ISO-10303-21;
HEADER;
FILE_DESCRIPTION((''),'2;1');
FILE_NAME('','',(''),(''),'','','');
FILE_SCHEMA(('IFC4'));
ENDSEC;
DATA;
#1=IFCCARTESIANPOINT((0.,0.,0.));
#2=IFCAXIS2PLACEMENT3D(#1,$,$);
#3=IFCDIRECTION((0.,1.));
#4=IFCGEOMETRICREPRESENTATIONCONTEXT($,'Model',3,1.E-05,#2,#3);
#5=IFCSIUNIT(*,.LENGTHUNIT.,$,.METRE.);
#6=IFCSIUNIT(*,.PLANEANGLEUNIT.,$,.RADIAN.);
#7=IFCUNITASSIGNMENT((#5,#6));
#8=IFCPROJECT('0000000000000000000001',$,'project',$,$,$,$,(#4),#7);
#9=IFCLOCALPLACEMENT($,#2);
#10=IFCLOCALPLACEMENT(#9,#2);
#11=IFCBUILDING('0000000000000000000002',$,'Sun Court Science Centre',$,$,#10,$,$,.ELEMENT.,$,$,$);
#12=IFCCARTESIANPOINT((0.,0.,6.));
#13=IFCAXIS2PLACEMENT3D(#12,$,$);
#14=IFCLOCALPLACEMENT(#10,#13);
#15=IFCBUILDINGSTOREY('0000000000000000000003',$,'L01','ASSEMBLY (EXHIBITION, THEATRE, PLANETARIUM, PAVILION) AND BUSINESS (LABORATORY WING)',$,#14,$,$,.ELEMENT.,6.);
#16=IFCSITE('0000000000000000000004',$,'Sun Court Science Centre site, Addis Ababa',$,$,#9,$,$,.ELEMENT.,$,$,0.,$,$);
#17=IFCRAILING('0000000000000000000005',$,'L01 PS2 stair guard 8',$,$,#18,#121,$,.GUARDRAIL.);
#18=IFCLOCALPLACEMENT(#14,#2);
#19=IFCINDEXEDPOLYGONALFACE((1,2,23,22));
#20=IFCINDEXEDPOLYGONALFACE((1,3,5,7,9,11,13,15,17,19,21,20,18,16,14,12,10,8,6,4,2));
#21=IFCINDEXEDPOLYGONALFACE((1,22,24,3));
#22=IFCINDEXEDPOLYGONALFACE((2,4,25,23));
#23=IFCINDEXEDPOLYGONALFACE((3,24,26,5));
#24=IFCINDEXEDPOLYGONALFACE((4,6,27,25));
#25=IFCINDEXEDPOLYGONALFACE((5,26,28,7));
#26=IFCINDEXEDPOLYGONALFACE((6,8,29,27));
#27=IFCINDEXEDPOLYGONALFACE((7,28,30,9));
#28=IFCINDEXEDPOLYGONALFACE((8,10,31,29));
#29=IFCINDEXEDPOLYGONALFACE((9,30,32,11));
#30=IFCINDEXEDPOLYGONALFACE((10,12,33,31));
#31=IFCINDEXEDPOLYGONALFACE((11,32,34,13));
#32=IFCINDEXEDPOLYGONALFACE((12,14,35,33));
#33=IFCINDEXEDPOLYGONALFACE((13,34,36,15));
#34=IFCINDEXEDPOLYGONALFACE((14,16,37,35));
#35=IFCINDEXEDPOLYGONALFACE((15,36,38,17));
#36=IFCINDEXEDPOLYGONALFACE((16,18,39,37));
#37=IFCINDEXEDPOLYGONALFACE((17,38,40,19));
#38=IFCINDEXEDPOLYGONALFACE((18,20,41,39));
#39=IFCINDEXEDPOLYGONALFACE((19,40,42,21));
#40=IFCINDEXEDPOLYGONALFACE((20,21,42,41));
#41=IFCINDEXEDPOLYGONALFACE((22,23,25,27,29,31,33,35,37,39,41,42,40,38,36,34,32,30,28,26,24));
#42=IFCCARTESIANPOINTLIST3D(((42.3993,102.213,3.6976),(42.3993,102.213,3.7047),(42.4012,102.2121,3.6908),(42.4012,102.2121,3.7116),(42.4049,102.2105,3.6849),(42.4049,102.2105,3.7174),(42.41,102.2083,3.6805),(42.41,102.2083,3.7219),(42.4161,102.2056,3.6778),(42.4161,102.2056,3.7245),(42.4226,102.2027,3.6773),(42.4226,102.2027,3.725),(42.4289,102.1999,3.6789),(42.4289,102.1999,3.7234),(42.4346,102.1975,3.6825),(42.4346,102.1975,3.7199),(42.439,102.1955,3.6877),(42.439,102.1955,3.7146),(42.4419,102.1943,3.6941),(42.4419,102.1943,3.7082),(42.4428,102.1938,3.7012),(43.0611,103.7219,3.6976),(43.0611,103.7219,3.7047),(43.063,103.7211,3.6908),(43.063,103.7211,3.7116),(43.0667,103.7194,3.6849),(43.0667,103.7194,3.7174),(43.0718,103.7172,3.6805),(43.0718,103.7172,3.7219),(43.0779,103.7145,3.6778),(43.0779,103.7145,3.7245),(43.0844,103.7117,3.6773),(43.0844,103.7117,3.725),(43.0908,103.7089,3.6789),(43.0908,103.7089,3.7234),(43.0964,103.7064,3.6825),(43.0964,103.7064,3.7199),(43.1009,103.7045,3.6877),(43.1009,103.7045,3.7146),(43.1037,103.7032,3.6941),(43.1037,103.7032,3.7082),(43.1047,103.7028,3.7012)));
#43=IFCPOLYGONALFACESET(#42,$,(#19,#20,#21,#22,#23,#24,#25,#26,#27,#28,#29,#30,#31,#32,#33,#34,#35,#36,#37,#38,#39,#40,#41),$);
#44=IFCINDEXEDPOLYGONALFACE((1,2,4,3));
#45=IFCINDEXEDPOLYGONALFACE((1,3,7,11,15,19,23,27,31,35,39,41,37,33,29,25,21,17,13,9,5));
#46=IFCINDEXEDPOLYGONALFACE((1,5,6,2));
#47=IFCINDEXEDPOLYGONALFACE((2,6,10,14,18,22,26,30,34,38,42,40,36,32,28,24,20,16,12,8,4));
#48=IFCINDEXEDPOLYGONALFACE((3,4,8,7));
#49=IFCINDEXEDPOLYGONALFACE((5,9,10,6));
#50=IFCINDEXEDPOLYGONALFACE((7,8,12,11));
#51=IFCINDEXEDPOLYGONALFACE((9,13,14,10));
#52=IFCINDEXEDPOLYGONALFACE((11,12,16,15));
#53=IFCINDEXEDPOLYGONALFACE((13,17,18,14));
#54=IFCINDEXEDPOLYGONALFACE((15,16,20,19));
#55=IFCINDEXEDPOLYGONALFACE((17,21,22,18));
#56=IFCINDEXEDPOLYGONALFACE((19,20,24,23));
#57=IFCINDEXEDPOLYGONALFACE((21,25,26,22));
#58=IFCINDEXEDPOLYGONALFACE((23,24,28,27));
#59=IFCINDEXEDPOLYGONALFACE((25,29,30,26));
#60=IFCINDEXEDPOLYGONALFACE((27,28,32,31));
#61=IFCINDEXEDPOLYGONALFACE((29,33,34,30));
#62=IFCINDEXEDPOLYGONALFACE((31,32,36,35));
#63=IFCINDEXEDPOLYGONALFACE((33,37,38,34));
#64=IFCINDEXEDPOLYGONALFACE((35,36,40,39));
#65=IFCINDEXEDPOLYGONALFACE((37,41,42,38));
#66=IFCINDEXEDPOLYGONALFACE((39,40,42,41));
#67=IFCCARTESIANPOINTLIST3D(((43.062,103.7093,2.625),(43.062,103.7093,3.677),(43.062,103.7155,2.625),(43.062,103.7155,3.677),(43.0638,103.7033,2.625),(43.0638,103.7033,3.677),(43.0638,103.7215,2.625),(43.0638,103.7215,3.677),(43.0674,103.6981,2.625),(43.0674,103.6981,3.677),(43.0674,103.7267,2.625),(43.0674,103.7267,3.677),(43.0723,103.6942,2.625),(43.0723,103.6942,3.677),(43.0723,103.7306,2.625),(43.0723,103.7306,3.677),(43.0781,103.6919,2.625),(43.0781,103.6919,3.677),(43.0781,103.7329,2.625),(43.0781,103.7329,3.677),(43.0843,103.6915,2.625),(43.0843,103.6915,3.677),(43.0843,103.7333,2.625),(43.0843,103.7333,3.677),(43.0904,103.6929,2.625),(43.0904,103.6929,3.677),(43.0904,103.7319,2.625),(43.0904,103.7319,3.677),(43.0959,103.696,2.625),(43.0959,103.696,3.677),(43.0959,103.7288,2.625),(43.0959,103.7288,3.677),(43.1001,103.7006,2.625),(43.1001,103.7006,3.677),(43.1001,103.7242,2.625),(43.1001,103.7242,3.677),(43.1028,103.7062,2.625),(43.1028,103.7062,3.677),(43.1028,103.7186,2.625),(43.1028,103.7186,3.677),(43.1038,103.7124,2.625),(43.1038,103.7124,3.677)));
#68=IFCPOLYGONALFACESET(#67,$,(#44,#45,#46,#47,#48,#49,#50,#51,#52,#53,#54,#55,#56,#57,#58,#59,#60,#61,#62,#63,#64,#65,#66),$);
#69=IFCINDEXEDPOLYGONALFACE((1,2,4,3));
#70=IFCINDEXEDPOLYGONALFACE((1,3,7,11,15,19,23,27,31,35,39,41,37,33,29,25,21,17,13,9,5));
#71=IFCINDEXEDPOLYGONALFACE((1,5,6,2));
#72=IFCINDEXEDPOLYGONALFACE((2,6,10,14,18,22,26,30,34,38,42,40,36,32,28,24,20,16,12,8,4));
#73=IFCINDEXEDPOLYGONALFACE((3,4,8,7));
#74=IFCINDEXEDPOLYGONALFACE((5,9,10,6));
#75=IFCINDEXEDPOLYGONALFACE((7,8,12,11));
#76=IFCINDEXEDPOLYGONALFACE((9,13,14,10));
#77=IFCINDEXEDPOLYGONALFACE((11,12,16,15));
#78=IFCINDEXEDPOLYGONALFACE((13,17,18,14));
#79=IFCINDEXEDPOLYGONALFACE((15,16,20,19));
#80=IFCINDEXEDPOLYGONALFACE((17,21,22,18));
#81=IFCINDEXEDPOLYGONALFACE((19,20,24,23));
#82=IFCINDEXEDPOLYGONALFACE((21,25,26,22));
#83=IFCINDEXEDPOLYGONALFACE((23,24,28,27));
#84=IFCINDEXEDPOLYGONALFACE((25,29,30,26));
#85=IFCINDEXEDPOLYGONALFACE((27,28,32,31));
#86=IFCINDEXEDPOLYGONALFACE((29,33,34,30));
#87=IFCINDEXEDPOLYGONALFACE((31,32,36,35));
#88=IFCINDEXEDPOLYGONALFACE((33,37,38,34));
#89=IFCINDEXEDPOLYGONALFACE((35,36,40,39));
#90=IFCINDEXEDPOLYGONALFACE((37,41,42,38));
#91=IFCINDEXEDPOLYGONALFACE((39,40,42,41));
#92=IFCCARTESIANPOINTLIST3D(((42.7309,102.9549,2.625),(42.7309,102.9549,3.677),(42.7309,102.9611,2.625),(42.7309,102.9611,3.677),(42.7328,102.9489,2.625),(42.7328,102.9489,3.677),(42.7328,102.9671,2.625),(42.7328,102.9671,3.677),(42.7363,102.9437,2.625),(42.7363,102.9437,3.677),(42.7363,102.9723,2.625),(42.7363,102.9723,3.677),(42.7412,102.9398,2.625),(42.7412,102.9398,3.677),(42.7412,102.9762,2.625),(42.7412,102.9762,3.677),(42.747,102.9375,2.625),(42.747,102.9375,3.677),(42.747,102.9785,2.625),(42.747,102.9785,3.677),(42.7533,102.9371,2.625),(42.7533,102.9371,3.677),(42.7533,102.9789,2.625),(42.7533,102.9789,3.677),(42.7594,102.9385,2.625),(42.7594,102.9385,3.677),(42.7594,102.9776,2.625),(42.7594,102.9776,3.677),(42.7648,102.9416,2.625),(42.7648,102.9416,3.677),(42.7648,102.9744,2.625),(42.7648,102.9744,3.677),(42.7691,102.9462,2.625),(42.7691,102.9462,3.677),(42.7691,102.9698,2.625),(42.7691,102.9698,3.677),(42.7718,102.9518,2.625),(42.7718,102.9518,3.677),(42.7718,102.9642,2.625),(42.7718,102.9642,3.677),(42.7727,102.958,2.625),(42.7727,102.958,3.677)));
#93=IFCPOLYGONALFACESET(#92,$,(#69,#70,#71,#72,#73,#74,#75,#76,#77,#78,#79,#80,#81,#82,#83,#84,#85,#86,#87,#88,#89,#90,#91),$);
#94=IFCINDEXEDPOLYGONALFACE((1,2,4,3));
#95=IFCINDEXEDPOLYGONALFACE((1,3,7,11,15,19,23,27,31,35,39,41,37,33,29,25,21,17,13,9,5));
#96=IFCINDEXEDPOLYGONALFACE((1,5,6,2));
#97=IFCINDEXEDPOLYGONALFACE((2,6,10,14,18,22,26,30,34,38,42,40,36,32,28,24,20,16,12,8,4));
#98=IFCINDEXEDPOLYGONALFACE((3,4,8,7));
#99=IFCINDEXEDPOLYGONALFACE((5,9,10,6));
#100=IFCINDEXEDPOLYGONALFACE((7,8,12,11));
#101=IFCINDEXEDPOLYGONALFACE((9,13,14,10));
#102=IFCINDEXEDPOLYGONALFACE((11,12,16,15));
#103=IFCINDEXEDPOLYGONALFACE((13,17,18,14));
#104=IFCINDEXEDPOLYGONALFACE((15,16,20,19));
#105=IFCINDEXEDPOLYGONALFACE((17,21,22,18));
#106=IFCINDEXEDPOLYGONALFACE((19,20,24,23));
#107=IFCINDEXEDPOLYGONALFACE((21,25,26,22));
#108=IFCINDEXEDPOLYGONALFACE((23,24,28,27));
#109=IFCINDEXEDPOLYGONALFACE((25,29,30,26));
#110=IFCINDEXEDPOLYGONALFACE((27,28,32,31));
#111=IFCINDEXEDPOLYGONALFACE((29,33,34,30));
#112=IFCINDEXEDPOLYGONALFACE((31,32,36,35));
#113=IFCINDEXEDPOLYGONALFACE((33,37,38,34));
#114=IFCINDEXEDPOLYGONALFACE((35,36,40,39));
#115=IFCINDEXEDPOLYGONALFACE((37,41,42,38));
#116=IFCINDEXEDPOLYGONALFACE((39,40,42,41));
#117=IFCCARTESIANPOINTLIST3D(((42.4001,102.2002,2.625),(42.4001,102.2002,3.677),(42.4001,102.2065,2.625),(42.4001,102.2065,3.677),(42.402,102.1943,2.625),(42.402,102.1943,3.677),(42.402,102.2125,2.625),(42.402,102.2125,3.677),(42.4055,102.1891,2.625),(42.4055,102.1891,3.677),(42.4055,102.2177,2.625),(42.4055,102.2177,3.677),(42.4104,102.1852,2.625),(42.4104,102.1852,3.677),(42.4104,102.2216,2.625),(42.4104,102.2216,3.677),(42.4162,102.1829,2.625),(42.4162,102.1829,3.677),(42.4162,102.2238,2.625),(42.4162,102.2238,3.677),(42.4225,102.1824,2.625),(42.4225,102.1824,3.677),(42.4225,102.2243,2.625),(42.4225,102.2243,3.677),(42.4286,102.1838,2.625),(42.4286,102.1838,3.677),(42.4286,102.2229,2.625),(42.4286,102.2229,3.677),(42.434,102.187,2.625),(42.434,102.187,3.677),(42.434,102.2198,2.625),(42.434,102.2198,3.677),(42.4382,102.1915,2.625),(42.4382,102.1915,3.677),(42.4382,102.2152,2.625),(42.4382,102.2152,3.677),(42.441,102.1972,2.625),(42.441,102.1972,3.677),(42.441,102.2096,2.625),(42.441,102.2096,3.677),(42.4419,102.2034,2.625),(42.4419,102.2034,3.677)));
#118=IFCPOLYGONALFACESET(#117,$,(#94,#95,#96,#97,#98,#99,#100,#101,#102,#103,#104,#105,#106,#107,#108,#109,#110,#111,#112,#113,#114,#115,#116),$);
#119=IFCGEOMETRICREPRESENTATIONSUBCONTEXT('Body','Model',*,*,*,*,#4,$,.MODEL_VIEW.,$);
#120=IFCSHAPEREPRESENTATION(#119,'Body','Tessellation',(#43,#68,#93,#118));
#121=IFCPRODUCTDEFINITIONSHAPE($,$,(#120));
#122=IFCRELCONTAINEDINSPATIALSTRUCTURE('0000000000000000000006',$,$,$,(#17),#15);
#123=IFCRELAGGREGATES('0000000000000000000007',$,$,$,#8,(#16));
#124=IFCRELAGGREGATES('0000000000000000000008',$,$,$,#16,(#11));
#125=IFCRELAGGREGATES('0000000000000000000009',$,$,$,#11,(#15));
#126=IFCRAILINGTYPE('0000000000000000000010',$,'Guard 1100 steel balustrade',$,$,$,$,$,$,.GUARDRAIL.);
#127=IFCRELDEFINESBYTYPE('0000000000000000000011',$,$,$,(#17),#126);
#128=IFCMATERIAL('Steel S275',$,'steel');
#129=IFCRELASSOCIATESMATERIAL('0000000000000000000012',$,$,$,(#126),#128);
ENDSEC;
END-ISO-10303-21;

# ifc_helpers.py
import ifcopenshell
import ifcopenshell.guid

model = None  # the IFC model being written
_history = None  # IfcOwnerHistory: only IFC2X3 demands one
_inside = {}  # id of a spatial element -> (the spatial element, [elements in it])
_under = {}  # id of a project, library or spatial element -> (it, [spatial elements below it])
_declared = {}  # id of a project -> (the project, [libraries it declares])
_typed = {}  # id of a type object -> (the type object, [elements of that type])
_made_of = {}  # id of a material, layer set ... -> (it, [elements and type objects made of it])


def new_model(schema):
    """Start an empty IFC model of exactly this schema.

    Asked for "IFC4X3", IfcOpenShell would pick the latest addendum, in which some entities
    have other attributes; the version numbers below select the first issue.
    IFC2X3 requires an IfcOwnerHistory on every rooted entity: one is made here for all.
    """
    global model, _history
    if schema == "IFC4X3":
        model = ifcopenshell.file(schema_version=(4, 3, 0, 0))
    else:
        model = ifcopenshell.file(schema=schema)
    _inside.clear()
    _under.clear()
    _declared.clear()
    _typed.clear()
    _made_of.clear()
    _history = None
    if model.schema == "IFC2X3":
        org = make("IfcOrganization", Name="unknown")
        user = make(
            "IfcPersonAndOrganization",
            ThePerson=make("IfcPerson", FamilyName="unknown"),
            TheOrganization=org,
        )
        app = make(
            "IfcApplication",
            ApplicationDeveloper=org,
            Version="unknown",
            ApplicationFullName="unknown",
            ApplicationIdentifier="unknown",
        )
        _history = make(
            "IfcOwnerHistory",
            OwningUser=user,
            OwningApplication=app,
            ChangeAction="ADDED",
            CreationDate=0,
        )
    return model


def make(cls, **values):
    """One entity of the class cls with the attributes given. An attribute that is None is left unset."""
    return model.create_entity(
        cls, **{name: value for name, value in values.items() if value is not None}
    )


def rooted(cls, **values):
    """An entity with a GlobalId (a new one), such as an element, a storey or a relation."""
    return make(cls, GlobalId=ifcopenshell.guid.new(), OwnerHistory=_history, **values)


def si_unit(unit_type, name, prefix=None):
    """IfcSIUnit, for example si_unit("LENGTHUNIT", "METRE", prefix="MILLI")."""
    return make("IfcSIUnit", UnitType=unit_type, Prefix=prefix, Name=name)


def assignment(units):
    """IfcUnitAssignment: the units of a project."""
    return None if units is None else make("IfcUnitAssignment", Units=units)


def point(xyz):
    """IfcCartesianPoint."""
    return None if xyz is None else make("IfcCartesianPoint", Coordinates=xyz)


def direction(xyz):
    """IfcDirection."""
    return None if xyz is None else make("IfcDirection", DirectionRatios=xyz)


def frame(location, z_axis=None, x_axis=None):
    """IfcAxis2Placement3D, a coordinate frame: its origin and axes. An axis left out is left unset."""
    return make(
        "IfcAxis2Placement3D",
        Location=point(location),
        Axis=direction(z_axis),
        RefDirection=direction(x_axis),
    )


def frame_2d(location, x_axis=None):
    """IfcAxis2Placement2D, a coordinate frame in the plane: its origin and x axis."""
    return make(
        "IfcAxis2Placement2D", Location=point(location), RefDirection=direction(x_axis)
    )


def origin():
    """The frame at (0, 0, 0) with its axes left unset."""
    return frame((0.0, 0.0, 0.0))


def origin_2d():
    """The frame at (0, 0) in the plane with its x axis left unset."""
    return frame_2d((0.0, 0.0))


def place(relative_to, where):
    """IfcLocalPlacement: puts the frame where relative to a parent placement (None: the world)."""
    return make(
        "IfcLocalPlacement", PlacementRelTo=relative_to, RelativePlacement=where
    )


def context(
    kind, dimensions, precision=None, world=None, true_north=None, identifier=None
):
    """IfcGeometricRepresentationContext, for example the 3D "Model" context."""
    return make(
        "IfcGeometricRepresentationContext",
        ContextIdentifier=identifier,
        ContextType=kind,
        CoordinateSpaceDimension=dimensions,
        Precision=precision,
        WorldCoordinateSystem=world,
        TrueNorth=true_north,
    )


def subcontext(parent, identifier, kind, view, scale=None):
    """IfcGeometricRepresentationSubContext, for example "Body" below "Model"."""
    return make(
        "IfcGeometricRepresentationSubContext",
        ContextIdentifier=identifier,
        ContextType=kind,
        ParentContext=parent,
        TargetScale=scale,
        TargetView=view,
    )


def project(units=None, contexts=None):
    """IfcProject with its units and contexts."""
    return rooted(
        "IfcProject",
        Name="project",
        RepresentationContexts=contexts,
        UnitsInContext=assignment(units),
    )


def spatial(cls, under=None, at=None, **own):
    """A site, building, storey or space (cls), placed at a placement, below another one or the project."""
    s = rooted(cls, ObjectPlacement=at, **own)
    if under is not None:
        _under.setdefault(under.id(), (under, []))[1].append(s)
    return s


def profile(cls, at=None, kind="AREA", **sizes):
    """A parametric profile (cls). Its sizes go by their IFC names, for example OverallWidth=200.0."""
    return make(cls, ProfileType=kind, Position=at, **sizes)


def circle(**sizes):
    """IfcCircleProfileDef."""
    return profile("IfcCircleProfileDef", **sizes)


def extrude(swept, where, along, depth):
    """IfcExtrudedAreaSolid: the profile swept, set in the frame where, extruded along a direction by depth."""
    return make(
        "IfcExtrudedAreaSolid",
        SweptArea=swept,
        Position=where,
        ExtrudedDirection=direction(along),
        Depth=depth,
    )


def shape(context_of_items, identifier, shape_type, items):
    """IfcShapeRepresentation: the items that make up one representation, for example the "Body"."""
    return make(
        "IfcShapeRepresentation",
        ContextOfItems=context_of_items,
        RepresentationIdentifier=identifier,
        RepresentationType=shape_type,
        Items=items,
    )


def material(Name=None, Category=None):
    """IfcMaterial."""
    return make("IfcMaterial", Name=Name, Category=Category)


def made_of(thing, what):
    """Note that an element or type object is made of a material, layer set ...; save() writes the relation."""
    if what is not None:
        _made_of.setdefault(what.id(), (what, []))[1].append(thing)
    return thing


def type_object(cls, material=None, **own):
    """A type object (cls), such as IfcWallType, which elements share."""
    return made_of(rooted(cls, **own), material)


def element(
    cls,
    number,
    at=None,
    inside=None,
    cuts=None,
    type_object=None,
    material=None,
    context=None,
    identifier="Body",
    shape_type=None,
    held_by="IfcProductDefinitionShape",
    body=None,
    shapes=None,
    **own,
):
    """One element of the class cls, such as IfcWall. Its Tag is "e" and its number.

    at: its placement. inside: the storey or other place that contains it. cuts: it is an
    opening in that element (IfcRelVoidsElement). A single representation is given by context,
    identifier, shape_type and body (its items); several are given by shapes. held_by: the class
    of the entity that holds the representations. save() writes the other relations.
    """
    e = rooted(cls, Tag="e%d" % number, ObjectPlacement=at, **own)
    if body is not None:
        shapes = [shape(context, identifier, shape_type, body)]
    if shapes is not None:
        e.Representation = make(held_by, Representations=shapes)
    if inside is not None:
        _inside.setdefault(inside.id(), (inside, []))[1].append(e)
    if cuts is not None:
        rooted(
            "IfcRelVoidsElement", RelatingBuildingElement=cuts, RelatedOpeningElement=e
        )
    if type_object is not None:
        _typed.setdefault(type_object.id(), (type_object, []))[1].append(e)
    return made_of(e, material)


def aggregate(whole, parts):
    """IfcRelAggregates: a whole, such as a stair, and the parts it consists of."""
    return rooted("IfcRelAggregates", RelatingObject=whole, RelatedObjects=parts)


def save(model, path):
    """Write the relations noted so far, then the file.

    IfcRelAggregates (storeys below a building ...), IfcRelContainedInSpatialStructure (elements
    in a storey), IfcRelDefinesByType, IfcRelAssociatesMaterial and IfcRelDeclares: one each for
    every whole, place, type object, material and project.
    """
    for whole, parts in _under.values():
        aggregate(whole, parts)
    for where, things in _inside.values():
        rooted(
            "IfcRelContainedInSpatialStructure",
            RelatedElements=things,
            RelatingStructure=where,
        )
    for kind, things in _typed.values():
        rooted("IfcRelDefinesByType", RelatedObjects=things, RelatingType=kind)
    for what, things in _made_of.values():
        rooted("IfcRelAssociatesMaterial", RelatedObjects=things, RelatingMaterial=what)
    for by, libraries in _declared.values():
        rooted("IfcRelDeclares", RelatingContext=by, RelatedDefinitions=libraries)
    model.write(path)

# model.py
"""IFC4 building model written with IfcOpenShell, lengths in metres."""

from ifc_helpers import new_model, si_unit, direction, frame, origin, origin_2d, place, context, subcontext, project, spatial, circle, extrude, material, type_object, element, save


model = new_model("IFC4")

# Units and contexts
model_context = context("Model", 3, precision=1e-05, world=origin(), true_north=direction((0.0, 1.0)))
body_context = subcontext(model_context, "Body", "Model", "MODEL_VIEW")
ifc_project = project(units=[si_unit("LENGTHUNIT", "METRE"), si_unit("PLANEANGLEUNIT", "RADIAN")], contexts=[model_context])

# Site, building, storey
site_placement = place(None, origin())
site = spatial("IfcSite", under=ifc_project, at=site_placement, Name="Sun Court Science Centre site, Addis Ababa", CompositionType="ELEMENT", RefElevation=0.0)
building_placement = place(site_placement, origin())
building = spatial("IfcBuilding", under=site, at=building_placement, Name="Sun Court Science Centre", CompositionType="ELEMENT")
storey_placement = place(building_placement, frame((0.0, 0.0, 6.0)))
storey = spatial("IfcBuildingStorey", under=building, at=storey_placement, Name="L01", Description="ASSEMBLY (EXHIBITION, THEATRE, PLANETARIUM, PAVILION) AND BUSINESS (LABORATORY WING)", CompositionType="ELEMENT", Elevation=6.0)

# Railing
ifc_material_1 = material(Name="Steel S275", Category="steel")
railing_type_1 = type_object("IfcRailingType", Name="Guard 1100 steel balustrade", PredefinedType="GUARDRAIL", material=ifc_material_1)
railing_1_placement = place(storey_placement, frame((43.0828, 103.7124, 2.625)))
element("IfcRailing", 1, at=railing_1_placement, inside=storey, type_object=railing_type_1, Name="L01 PS2 stair guard 8", PredefinedType="GUARDRAIL", context=body_context, shape_type="SweptSolid", body=[
    extrude(circle(Radius=0.0239, at=origin_2d()), frame((0.0, 0.0, 1.0762), z_axis=(-0.401666, -0.915786, 0.0), x_axis=(0.915786, -0.401666, 0.0)), (0.0, 0.0, 1.0), 1.6477),
    extrude(circle(Radius=0.021, at=origin_2d()), origin(), (0.0, 0.0, 1.0), 1.052),
    extrude(circle(Radius=0.021, at=origin_2d()), frame((-0.3311, -0.7544, 0.0)), (0.0, 0.0, 1.0), 1.052),
    extrude(circle(Radius=0.021, at=origin_2d()), frame((-0.6619, -1.509, 0.0)), (0.0, 0.0, 1.0), 1.052),
])

save(model, "model.ifc")
